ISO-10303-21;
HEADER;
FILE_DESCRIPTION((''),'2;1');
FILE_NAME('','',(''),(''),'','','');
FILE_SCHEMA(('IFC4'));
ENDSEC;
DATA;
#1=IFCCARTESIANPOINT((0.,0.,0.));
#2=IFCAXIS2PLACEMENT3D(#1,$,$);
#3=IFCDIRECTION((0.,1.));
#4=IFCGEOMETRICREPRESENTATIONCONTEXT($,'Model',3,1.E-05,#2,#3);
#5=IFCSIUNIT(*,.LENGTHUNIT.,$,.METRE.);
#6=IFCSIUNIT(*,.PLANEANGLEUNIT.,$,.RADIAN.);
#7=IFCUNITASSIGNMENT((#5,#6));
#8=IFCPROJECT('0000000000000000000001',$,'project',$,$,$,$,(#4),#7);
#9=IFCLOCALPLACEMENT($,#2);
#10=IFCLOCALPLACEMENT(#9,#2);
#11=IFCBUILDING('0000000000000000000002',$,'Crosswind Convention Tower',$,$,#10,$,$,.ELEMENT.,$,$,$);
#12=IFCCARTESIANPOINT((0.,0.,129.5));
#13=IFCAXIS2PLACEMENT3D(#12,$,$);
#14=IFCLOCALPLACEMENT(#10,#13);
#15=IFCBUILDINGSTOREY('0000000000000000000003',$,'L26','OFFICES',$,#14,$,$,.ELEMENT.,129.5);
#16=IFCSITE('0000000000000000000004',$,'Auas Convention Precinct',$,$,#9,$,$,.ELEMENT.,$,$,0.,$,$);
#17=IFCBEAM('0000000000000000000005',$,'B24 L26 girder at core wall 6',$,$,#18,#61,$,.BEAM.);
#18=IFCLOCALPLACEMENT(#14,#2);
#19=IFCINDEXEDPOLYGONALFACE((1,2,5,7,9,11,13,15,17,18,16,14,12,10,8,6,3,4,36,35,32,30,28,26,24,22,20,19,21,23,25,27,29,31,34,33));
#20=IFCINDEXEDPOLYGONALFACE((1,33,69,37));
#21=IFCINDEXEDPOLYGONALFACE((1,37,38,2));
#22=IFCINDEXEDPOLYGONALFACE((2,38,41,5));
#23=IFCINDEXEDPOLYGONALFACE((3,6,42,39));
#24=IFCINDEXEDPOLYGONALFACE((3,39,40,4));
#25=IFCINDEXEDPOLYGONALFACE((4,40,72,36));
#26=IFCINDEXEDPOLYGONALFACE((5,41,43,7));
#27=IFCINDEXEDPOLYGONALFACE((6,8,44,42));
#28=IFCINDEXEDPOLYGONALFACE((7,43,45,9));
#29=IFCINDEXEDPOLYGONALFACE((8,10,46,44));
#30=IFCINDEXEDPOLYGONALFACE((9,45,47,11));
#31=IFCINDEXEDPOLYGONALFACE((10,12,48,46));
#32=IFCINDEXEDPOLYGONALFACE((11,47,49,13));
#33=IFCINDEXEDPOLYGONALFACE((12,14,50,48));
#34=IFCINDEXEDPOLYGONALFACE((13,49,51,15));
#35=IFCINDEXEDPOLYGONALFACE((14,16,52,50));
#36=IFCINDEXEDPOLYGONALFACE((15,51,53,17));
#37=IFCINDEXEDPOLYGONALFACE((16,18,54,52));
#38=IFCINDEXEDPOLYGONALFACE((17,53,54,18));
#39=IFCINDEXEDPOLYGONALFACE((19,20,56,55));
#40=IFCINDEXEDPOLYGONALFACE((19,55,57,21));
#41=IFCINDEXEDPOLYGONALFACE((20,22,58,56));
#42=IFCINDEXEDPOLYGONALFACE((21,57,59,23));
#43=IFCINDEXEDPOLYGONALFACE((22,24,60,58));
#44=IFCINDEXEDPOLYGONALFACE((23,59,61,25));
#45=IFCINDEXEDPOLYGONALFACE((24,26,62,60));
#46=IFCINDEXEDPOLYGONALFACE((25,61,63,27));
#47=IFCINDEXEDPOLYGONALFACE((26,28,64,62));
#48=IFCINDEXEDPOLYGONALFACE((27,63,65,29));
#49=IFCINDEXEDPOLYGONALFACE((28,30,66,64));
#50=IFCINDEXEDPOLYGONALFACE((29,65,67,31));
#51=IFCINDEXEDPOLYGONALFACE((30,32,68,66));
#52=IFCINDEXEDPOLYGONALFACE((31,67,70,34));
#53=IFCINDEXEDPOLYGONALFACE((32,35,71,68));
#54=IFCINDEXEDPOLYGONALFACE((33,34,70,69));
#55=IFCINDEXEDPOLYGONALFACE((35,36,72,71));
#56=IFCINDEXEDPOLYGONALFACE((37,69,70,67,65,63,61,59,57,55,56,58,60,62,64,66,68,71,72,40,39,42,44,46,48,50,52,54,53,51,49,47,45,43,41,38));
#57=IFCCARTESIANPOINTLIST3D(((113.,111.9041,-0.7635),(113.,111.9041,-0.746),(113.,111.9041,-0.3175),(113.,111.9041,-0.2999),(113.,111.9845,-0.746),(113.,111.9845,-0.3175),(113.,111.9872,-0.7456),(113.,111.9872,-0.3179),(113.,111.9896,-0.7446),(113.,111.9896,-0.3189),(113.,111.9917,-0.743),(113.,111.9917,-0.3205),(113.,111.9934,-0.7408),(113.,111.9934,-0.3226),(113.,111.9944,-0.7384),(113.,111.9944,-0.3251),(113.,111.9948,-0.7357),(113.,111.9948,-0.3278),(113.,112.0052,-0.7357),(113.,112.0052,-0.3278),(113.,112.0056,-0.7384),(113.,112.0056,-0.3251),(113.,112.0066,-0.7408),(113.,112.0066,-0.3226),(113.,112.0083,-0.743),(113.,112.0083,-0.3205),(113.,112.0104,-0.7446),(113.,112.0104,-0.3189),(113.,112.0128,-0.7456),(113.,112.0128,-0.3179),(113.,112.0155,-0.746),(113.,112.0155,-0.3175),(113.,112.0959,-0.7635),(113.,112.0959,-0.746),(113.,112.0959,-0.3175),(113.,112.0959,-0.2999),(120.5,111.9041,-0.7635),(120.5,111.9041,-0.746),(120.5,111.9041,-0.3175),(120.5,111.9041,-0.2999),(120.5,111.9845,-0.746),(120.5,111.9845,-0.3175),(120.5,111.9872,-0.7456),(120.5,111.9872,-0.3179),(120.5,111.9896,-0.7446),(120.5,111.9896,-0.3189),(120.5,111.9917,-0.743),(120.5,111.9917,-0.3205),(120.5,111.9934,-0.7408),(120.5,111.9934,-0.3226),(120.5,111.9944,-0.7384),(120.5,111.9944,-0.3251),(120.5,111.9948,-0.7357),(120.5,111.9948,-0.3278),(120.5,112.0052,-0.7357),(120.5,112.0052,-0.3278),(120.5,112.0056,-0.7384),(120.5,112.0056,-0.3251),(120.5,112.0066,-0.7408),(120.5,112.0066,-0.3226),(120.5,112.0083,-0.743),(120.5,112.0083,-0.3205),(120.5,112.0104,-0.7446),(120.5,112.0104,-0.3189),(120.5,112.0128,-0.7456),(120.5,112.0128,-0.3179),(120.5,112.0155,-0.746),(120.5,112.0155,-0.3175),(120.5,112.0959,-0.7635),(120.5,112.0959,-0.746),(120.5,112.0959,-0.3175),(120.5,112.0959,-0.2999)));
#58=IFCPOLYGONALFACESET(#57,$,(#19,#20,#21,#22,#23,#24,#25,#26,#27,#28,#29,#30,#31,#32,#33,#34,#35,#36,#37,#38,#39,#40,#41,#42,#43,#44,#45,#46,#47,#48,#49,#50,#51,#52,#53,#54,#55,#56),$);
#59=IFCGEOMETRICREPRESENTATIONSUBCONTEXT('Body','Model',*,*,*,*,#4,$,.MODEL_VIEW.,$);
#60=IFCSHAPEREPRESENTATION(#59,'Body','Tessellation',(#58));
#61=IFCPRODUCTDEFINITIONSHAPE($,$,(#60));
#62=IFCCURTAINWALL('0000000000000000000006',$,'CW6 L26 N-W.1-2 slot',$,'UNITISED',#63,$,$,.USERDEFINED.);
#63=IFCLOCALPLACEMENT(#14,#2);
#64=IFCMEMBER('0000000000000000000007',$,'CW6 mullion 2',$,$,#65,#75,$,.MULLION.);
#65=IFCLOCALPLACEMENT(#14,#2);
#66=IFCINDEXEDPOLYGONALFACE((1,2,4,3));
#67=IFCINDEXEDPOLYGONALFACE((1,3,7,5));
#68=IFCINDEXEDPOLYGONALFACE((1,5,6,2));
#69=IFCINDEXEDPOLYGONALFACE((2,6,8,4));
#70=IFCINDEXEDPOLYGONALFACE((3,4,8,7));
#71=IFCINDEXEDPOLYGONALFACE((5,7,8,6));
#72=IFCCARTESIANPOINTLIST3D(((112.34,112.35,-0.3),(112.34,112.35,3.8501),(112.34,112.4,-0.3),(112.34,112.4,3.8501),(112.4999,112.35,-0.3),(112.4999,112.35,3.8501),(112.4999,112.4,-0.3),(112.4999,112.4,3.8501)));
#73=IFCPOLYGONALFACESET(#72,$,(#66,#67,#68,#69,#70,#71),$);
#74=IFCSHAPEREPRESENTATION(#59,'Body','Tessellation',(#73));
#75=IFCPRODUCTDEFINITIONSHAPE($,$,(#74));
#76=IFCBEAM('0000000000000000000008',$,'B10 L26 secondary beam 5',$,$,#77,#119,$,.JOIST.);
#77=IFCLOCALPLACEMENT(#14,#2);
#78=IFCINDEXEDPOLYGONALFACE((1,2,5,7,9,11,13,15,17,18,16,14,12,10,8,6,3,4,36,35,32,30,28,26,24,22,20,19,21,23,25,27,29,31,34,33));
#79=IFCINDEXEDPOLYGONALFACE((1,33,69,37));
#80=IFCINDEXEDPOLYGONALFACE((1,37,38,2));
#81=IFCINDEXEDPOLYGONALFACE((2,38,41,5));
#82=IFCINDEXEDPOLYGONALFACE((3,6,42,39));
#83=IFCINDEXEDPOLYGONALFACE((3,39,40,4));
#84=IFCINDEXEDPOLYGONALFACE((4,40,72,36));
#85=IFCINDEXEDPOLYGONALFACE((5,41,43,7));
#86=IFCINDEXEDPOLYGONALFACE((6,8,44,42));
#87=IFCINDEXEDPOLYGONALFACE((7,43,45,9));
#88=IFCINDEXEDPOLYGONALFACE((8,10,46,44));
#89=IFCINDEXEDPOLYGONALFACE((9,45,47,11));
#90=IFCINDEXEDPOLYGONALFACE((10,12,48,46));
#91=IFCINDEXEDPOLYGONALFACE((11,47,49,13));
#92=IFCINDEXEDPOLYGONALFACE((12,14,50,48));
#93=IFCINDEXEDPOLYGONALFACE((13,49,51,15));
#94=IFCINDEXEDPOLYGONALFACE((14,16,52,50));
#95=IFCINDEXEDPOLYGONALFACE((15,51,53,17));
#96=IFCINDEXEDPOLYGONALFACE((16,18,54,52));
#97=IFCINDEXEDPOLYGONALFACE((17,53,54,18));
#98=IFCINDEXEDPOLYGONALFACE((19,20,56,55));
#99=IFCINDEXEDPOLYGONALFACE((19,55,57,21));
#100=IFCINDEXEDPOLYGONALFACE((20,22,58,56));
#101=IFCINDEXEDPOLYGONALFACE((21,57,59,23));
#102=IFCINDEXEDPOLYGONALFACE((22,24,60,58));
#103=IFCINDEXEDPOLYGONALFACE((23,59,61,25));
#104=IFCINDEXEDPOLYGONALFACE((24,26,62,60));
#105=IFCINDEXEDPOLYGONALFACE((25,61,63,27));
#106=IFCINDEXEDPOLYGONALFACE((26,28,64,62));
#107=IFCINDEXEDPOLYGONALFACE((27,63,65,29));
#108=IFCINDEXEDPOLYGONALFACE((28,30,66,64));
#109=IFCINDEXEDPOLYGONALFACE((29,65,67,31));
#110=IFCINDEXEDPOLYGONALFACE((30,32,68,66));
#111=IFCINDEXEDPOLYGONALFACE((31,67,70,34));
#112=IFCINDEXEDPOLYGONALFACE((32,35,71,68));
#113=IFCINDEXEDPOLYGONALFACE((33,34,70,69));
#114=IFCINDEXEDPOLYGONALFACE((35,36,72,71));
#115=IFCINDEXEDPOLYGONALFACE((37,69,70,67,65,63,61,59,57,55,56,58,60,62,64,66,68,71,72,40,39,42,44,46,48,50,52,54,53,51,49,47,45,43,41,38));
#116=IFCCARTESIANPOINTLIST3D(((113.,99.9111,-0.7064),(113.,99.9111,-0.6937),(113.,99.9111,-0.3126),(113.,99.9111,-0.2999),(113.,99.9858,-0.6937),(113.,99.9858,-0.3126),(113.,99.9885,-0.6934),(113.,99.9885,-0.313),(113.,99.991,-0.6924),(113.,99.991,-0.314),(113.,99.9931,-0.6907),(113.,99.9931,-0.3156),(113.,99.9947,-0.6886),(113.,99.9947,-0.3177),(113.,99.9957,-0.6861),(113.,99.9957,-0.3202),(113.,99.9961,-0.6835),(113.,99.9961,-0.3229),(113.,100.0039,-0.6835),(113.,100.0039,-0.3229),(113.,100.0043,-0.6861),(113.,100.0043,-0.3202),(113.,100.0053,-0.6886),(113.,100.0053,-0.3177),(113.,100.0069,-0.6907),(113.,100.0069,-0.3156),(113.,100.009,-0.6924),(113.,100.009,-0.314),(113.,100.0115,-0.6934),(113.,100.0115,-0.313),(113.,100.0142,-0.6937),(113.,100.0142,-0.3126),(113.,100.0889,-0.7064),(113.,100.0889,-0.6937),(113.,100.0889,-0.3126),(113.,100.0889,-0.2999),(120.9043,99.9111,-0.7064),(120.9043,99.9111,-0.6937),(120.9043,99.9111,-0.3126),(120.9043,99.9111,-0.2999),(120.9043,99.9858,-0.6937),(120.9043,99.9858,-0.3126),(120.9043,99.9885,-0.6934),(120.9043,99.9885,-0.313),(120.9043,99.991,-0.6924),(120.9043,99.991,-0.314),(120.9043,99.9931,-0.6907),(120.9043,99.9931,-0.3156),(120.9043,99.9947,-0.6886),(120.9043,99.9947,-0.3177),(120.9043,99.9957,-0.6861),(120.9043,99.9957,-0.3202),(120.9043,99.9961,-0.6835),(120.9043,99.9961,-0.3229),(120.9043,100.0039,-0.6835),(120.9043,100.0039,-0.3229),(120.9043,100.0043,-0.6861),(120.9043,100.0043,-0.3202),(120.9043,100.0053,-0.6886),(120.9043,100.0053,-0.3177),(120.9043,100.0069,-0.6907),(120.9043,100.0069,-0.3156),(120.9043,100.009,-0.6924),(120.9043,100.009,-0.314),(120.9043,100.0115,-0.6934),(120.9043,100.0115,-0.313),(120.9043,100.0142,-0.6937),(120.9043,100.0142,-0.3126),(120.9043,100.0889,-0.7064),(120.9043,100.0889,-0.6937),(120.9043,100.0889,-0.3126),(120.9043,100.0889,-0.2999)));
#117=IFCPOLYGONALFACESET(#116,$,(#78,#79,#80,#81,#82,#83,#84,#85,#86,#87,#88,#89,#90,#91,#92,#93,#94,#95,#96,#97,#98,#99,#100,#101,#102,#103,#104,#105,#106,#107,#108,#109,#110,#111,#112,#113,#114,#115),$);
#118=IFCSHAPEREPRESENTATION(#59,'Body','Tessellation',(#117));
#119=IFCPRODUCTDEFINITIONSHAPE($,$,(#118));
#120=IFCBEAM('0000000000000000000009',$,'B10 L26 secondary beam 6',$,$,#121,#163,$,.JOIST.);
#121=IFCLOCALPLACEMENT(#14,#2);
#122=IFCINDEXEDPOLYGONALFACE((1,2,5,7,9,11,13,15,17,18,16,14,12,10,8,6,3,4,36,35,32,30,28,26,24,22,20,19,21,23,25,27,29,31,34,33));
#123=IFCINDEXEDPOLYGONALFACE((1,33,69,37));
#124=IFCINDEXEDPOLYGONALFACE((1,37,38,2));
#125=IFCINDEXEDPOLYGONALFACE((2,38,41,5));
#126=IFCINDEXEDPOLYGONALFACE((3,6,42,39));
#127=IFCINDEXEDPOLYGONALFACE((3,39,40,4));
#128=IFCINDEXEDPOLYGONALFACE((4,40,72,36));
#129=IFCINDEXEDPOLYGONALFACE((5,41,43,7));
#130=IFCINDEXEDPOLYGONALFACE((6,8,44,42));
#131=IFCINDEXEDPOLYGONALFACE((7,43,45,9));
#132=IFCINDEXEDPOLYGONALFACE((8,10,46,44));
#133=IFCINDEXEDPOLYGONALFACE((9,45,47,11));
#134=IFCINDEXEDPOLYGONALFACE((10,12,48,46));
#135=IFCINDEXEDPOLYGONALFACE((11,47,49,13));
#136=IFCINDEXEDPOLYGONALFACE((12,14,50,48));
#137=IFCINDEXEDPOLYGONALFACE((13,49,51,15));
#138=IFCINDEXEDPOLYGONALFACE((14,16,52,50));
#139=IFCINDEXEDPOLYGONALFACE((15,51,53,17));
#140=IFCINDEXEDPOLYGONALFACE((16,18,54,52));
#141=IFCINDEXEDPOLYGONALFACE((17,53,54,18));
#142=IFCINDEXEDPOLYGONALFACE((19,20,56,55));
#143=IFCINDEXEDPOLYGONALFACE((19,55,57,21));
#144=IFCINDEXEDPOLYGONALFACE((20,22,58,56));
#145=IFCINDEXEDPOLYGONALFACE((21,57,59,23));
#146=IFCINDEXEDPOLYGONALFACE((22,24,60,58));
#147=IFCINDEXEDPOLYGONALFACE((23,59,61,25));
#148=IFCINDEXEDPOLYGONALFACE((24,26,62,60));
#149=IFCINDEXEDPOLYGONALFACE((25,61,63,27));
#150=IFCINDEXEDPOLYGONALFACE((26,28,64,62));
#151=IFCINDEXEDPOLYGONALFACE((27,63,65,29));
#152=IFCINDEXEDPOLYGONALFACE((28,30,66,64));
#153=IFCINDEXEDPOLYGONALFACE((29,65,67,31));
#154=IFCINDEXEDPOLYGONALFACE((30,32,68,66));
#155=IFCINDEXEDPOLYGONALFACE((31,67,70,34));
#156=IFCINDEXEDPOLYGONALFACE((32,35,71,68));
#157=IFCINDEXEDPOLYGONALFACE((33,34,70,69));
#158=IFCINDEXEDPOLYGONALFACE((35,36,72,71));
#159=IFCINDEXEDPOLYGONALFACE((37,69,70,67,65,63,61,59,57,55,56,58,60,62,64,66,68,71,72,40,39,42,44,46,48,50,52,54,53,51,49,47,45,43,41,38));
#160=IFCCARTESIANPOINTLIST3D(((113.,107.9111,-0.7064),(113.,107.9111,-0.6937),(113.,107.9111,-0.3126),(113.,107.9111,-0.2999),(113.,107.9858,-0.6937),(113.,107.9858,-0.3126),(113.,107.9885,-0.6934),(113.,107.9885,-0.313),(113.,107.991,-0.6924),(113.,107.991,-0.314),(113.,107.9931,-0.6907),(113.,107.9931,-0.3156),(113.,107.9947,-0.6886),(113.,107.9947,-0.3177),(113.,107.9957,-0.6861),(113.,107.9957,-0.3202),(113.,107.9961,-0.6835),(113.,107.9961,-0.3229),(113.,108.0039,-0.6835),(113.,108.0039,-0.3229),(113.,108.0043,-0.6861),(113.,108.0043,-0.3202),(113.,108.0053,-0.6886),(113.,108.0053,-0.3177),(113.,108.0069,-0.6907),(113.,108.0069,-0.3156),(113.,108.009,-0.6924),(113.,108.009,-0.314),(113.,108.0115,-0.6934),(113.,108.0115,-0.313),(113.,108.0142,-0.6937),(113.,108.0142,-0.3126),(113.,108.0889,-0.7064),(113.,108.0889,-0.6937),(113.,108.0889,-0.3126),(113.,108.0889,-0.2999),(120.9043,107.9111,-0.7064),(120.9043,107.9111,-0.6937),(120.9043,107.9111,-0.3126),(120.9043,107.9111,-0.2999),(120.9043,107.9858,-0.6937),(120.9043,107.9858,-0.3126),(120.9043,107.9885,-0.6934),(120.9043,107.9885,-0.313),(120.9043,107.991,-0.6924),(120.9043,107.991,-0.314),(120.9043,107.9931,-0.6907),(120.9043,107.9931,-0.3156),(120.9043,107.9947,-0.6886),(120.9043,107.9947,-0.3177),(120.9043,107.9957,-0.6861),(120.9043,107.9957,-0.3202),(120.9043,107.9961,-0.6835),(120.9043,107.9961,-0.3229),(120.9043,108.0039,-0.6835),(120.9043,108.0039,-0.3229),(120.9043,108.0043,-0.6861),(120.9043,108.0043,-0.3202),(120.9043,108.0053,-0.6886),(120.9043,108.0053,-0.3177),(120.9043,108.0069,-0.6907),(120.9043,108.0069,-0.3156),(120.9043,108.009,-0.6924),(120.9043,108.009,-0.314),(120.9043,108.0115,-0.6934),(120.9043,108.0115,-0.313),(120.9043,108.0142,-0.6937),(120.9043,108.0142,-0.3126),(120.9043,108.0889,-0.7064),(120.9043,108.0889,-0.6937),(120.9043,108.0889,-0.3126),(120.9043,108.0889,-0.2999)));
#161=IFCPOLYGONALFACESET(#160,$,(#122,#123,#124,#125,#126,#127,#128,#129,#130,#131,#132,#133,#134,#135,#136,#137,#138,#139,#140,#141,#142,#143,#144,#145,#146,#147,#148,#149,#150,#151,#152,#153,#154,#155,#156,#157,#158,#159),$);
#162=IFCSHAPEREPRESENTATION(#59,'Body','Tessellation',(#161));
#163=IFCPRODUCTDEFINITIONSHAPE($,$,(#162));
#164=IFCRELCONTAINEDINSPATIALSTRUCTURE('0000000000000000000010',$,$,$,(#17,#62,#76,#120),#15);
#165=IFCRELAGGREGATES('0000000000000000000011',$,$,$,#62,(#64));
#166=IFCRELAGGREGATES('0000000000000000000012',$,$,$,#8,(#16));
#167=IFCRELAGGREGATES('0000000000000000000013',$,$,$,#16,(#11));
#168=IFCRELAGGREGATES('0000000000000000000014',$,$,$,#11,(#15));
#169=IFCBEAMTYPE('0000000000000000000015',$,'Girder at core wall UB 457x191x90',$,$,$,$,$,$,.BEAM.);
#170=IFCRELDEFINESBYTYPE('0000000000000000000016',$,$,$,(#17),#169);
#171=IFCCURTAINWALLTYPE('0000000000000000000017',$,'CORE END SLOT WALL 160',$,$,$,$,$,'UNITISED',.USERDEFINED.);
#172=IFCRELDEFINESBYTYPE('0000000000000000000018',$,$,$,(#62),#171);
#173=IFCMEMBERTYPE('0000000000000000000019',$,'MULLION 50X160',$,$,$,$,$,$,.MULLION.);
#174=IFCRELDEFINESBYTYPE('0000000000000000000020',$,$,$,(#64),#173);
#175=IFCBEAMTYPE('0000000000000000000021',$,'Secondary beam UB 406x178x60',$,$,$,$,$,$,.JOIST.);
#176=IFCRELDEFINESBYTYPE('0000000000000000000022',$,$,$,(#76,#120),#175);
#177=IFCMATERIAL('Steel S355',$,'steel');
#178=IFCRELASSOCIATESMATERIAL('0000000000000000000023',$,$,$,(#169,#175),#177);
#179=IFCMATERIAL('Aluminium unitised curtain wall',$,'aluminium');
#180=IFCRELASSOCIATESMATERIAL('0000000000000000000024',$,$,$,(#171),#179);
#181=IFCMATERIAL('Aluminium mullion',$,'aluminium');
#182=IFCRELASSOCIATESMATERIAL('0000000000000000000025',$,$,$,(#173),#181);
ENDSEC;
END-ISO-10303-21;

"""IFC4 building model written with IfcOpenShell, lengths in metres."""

from ifc_helpers import new_model, si_unit, direction, frame, origin, origin_2d, place, context, subcontext, project, spatial, rectangle, i_section, extrude, material, material_profile, profile_set, type_object, element, aggregate, save


model = new_model("IFC4")

# Units and contexts
model_context = context("Model", 3, precision=1e-05, world=origin(), true_north=direction((0.0, 1.0)))
body_context = subcontext(model_context, "Body", "Model", "MODEL_VIEW")
ifc_project = project(units=[si_unit("LENGTHUNIT", "METRE"), si_unit("PLANEANGLEUNIT", "RADIAN")], contexts=[model_context])

# Site, building, storey
site_placement = place(None, origin())
site = spatial("IfcSite", under=ifc_project, at=site_placement, Name="Auas Convention Precinct", CompositionType="ELEMENT", RefElevation=0.0)
building_placement = place(site_placement, origin())
building = spatial("IfcBuilding", under=site, at=building_placement, Name="Crosswind Convention Tower", CompositionType="ELEMENT")
storey_placement = place(building_placement, frame((0.0, 0.0, 129.5)))
storey = spatial("IfcBuildingStorey", under=building, at=storey_placement, Name="L26", Description="OFFICES", CompositionType="ELEMENT", Elevation=129.5)

# Beam
ifc_material_1 = material(Name="Steel S355", Category="steel")
ifc_material_profile_1 = material_profile(ifc_material_1, i_section(OverallWidth=0.1919, OverallDepth=0.4636, WebThickness=0.0105, FlangeThickness=0.0176, FilletRadius=0.0103, at=origin_2d()), Name="UB 457x191x90")
ifc_profile_set_1 = profile_set([ifc_material_profile_1], Name="Steel S355")
beam_type_1 = type_object("IfcBeamType", Name="Girder at core wall UB 457x191x90", PredefinedType="BEAM", material=ifc_profile_set_1)
for number, where, z_axis, x_axis, name in (
    (1, (113.0, 112.0, -0.5317), (1.0, 0.0, 0.0), (0.0, 1.0, 0.0), "B24 L26 girder at core wall 6"),
):
    element("IfcBeam", number, at=place(storey_placement, frame(where, z_axis=z_axis, x_axis=x_axis)), inside=storey, type_object=beam_type_1, Name=name, PredefinedType="BEAM", context=body_context, shape_type="SweptSolid", body=[
        extrude(i_section(OverallWidth=0.1919, OverallDepth=0.4636, WebThickness=0.0105, FlangeThickness=0.0176, FilletRadius=0.0103, at=origin_2d()), origin(), (0.0, 0.0, 1.0), 7.5),
    ])

# Curtain wall, member
ifc_material_2 = material(Name="Aluminium unitised curtain wall", Category="aluminium")
curtain_wall_type = type_object("IfcCurtainWallType", Name="CORE END SLOT WALL 160", ElementType="UNITISED", PredefinedType="USERDEFINED", material=ifc_material_2)
curtain_wall_placement = place(storey_placement, origin())
curtain_wall = element("IfcCurtainWall", 2, at=curtain_wall_placement, inside=storey, type_object=curtain_wall_type, Name="CW6 L26 N-W.1-2 slot", ObjectType="UNITISED", PredefinedType="USERDEFINED")
ifc_material_3 = material(Name="Aluminium mullion", Category="aluminium")
ifc_material_profile_2 = material_profile(ifc_material_3, rectangle(XDim=0.1599, YDim=0.05, at=origin_2d()), Name="AL 160X50")
ifc_profile_set_2 = profile_set([ifc_material_profile_2], Name="Aluminium mullion")
member_type = type_object("IfcMemberType", Name="MULLION 50X160", PredefinedType="MULLION", material=ifc_profile_set_2)
member_placement = place(storey_placement, frame((112.4199, 112.375, -0.3), z_axis=(0.0, 0.0, 1.0), x_axis=(-1.0, 0.0, 0.0)))
member = element("IfcMember", 3, at=member_placement, type_object=member_type, Name="CW6 mullion 2", PredefinedType="MULLION", context=body_context, shape_type="SweptSolid", body=[
    extrude(rectangle(XDim=0.1599, YDim=0.05, at=origin_2d()), origin(), (0.0, 0.0, 1.0), 4.1501),
])
aggregate(curtain_wall, [member])

# Beams
ifc_material_profile_3 = material_profile(ifc_material_1, i_section(OverallWidth=0.1777, OverallDepth=0.4065, WebThickness=0.0078, FlangeThickness=0.0127, FilletRadius=0.0103, at=origin_2d()), Name="UB 406x178x60")
ifc_profile_set_3 = profile_set([ifc_material_profile_3], Name="Steel S355")
beam_type_2 = type_object("IfcBeamType", Name="Secondary beam UB 406x178x60", PredefinedType="JOIST", material=ifc_profile_set_3)
for number, where, z_axis, x_axis, name in (
    (4, (113.0, 100.0, -0.5032), (1.0, 0.0, 0.0), (0.0, 1.0, 0.0), "B10 L26 secondary beam 5"),
    (5, (113.0, 108.0, -0.5032), (1.0, 0.0, 0.0), (0.0, 1.0, 0.0), "B10 L26 secondary beam 6"),
):
    element("IfcBeam", number, at=place(storey_placement, frame(where, z_axis=z_axis, x_axis=x_axis)), inside=storey, type_object=beam_type_2, Name=name, PredefinedType="JOIST", context=body_context, shape_type="SweptSolid", body=[
        extrude(i_section(OverallWidth=0.1777, OverallDepth=0.4065, WebThickness=0.0078, FlangeThickness=0.0127, FilletRadius=0.0103, at=origin_2d()), origin(), (0.0, 0.0, 1.0), 7.9043),
    ])

save(model, "model.ifc")
